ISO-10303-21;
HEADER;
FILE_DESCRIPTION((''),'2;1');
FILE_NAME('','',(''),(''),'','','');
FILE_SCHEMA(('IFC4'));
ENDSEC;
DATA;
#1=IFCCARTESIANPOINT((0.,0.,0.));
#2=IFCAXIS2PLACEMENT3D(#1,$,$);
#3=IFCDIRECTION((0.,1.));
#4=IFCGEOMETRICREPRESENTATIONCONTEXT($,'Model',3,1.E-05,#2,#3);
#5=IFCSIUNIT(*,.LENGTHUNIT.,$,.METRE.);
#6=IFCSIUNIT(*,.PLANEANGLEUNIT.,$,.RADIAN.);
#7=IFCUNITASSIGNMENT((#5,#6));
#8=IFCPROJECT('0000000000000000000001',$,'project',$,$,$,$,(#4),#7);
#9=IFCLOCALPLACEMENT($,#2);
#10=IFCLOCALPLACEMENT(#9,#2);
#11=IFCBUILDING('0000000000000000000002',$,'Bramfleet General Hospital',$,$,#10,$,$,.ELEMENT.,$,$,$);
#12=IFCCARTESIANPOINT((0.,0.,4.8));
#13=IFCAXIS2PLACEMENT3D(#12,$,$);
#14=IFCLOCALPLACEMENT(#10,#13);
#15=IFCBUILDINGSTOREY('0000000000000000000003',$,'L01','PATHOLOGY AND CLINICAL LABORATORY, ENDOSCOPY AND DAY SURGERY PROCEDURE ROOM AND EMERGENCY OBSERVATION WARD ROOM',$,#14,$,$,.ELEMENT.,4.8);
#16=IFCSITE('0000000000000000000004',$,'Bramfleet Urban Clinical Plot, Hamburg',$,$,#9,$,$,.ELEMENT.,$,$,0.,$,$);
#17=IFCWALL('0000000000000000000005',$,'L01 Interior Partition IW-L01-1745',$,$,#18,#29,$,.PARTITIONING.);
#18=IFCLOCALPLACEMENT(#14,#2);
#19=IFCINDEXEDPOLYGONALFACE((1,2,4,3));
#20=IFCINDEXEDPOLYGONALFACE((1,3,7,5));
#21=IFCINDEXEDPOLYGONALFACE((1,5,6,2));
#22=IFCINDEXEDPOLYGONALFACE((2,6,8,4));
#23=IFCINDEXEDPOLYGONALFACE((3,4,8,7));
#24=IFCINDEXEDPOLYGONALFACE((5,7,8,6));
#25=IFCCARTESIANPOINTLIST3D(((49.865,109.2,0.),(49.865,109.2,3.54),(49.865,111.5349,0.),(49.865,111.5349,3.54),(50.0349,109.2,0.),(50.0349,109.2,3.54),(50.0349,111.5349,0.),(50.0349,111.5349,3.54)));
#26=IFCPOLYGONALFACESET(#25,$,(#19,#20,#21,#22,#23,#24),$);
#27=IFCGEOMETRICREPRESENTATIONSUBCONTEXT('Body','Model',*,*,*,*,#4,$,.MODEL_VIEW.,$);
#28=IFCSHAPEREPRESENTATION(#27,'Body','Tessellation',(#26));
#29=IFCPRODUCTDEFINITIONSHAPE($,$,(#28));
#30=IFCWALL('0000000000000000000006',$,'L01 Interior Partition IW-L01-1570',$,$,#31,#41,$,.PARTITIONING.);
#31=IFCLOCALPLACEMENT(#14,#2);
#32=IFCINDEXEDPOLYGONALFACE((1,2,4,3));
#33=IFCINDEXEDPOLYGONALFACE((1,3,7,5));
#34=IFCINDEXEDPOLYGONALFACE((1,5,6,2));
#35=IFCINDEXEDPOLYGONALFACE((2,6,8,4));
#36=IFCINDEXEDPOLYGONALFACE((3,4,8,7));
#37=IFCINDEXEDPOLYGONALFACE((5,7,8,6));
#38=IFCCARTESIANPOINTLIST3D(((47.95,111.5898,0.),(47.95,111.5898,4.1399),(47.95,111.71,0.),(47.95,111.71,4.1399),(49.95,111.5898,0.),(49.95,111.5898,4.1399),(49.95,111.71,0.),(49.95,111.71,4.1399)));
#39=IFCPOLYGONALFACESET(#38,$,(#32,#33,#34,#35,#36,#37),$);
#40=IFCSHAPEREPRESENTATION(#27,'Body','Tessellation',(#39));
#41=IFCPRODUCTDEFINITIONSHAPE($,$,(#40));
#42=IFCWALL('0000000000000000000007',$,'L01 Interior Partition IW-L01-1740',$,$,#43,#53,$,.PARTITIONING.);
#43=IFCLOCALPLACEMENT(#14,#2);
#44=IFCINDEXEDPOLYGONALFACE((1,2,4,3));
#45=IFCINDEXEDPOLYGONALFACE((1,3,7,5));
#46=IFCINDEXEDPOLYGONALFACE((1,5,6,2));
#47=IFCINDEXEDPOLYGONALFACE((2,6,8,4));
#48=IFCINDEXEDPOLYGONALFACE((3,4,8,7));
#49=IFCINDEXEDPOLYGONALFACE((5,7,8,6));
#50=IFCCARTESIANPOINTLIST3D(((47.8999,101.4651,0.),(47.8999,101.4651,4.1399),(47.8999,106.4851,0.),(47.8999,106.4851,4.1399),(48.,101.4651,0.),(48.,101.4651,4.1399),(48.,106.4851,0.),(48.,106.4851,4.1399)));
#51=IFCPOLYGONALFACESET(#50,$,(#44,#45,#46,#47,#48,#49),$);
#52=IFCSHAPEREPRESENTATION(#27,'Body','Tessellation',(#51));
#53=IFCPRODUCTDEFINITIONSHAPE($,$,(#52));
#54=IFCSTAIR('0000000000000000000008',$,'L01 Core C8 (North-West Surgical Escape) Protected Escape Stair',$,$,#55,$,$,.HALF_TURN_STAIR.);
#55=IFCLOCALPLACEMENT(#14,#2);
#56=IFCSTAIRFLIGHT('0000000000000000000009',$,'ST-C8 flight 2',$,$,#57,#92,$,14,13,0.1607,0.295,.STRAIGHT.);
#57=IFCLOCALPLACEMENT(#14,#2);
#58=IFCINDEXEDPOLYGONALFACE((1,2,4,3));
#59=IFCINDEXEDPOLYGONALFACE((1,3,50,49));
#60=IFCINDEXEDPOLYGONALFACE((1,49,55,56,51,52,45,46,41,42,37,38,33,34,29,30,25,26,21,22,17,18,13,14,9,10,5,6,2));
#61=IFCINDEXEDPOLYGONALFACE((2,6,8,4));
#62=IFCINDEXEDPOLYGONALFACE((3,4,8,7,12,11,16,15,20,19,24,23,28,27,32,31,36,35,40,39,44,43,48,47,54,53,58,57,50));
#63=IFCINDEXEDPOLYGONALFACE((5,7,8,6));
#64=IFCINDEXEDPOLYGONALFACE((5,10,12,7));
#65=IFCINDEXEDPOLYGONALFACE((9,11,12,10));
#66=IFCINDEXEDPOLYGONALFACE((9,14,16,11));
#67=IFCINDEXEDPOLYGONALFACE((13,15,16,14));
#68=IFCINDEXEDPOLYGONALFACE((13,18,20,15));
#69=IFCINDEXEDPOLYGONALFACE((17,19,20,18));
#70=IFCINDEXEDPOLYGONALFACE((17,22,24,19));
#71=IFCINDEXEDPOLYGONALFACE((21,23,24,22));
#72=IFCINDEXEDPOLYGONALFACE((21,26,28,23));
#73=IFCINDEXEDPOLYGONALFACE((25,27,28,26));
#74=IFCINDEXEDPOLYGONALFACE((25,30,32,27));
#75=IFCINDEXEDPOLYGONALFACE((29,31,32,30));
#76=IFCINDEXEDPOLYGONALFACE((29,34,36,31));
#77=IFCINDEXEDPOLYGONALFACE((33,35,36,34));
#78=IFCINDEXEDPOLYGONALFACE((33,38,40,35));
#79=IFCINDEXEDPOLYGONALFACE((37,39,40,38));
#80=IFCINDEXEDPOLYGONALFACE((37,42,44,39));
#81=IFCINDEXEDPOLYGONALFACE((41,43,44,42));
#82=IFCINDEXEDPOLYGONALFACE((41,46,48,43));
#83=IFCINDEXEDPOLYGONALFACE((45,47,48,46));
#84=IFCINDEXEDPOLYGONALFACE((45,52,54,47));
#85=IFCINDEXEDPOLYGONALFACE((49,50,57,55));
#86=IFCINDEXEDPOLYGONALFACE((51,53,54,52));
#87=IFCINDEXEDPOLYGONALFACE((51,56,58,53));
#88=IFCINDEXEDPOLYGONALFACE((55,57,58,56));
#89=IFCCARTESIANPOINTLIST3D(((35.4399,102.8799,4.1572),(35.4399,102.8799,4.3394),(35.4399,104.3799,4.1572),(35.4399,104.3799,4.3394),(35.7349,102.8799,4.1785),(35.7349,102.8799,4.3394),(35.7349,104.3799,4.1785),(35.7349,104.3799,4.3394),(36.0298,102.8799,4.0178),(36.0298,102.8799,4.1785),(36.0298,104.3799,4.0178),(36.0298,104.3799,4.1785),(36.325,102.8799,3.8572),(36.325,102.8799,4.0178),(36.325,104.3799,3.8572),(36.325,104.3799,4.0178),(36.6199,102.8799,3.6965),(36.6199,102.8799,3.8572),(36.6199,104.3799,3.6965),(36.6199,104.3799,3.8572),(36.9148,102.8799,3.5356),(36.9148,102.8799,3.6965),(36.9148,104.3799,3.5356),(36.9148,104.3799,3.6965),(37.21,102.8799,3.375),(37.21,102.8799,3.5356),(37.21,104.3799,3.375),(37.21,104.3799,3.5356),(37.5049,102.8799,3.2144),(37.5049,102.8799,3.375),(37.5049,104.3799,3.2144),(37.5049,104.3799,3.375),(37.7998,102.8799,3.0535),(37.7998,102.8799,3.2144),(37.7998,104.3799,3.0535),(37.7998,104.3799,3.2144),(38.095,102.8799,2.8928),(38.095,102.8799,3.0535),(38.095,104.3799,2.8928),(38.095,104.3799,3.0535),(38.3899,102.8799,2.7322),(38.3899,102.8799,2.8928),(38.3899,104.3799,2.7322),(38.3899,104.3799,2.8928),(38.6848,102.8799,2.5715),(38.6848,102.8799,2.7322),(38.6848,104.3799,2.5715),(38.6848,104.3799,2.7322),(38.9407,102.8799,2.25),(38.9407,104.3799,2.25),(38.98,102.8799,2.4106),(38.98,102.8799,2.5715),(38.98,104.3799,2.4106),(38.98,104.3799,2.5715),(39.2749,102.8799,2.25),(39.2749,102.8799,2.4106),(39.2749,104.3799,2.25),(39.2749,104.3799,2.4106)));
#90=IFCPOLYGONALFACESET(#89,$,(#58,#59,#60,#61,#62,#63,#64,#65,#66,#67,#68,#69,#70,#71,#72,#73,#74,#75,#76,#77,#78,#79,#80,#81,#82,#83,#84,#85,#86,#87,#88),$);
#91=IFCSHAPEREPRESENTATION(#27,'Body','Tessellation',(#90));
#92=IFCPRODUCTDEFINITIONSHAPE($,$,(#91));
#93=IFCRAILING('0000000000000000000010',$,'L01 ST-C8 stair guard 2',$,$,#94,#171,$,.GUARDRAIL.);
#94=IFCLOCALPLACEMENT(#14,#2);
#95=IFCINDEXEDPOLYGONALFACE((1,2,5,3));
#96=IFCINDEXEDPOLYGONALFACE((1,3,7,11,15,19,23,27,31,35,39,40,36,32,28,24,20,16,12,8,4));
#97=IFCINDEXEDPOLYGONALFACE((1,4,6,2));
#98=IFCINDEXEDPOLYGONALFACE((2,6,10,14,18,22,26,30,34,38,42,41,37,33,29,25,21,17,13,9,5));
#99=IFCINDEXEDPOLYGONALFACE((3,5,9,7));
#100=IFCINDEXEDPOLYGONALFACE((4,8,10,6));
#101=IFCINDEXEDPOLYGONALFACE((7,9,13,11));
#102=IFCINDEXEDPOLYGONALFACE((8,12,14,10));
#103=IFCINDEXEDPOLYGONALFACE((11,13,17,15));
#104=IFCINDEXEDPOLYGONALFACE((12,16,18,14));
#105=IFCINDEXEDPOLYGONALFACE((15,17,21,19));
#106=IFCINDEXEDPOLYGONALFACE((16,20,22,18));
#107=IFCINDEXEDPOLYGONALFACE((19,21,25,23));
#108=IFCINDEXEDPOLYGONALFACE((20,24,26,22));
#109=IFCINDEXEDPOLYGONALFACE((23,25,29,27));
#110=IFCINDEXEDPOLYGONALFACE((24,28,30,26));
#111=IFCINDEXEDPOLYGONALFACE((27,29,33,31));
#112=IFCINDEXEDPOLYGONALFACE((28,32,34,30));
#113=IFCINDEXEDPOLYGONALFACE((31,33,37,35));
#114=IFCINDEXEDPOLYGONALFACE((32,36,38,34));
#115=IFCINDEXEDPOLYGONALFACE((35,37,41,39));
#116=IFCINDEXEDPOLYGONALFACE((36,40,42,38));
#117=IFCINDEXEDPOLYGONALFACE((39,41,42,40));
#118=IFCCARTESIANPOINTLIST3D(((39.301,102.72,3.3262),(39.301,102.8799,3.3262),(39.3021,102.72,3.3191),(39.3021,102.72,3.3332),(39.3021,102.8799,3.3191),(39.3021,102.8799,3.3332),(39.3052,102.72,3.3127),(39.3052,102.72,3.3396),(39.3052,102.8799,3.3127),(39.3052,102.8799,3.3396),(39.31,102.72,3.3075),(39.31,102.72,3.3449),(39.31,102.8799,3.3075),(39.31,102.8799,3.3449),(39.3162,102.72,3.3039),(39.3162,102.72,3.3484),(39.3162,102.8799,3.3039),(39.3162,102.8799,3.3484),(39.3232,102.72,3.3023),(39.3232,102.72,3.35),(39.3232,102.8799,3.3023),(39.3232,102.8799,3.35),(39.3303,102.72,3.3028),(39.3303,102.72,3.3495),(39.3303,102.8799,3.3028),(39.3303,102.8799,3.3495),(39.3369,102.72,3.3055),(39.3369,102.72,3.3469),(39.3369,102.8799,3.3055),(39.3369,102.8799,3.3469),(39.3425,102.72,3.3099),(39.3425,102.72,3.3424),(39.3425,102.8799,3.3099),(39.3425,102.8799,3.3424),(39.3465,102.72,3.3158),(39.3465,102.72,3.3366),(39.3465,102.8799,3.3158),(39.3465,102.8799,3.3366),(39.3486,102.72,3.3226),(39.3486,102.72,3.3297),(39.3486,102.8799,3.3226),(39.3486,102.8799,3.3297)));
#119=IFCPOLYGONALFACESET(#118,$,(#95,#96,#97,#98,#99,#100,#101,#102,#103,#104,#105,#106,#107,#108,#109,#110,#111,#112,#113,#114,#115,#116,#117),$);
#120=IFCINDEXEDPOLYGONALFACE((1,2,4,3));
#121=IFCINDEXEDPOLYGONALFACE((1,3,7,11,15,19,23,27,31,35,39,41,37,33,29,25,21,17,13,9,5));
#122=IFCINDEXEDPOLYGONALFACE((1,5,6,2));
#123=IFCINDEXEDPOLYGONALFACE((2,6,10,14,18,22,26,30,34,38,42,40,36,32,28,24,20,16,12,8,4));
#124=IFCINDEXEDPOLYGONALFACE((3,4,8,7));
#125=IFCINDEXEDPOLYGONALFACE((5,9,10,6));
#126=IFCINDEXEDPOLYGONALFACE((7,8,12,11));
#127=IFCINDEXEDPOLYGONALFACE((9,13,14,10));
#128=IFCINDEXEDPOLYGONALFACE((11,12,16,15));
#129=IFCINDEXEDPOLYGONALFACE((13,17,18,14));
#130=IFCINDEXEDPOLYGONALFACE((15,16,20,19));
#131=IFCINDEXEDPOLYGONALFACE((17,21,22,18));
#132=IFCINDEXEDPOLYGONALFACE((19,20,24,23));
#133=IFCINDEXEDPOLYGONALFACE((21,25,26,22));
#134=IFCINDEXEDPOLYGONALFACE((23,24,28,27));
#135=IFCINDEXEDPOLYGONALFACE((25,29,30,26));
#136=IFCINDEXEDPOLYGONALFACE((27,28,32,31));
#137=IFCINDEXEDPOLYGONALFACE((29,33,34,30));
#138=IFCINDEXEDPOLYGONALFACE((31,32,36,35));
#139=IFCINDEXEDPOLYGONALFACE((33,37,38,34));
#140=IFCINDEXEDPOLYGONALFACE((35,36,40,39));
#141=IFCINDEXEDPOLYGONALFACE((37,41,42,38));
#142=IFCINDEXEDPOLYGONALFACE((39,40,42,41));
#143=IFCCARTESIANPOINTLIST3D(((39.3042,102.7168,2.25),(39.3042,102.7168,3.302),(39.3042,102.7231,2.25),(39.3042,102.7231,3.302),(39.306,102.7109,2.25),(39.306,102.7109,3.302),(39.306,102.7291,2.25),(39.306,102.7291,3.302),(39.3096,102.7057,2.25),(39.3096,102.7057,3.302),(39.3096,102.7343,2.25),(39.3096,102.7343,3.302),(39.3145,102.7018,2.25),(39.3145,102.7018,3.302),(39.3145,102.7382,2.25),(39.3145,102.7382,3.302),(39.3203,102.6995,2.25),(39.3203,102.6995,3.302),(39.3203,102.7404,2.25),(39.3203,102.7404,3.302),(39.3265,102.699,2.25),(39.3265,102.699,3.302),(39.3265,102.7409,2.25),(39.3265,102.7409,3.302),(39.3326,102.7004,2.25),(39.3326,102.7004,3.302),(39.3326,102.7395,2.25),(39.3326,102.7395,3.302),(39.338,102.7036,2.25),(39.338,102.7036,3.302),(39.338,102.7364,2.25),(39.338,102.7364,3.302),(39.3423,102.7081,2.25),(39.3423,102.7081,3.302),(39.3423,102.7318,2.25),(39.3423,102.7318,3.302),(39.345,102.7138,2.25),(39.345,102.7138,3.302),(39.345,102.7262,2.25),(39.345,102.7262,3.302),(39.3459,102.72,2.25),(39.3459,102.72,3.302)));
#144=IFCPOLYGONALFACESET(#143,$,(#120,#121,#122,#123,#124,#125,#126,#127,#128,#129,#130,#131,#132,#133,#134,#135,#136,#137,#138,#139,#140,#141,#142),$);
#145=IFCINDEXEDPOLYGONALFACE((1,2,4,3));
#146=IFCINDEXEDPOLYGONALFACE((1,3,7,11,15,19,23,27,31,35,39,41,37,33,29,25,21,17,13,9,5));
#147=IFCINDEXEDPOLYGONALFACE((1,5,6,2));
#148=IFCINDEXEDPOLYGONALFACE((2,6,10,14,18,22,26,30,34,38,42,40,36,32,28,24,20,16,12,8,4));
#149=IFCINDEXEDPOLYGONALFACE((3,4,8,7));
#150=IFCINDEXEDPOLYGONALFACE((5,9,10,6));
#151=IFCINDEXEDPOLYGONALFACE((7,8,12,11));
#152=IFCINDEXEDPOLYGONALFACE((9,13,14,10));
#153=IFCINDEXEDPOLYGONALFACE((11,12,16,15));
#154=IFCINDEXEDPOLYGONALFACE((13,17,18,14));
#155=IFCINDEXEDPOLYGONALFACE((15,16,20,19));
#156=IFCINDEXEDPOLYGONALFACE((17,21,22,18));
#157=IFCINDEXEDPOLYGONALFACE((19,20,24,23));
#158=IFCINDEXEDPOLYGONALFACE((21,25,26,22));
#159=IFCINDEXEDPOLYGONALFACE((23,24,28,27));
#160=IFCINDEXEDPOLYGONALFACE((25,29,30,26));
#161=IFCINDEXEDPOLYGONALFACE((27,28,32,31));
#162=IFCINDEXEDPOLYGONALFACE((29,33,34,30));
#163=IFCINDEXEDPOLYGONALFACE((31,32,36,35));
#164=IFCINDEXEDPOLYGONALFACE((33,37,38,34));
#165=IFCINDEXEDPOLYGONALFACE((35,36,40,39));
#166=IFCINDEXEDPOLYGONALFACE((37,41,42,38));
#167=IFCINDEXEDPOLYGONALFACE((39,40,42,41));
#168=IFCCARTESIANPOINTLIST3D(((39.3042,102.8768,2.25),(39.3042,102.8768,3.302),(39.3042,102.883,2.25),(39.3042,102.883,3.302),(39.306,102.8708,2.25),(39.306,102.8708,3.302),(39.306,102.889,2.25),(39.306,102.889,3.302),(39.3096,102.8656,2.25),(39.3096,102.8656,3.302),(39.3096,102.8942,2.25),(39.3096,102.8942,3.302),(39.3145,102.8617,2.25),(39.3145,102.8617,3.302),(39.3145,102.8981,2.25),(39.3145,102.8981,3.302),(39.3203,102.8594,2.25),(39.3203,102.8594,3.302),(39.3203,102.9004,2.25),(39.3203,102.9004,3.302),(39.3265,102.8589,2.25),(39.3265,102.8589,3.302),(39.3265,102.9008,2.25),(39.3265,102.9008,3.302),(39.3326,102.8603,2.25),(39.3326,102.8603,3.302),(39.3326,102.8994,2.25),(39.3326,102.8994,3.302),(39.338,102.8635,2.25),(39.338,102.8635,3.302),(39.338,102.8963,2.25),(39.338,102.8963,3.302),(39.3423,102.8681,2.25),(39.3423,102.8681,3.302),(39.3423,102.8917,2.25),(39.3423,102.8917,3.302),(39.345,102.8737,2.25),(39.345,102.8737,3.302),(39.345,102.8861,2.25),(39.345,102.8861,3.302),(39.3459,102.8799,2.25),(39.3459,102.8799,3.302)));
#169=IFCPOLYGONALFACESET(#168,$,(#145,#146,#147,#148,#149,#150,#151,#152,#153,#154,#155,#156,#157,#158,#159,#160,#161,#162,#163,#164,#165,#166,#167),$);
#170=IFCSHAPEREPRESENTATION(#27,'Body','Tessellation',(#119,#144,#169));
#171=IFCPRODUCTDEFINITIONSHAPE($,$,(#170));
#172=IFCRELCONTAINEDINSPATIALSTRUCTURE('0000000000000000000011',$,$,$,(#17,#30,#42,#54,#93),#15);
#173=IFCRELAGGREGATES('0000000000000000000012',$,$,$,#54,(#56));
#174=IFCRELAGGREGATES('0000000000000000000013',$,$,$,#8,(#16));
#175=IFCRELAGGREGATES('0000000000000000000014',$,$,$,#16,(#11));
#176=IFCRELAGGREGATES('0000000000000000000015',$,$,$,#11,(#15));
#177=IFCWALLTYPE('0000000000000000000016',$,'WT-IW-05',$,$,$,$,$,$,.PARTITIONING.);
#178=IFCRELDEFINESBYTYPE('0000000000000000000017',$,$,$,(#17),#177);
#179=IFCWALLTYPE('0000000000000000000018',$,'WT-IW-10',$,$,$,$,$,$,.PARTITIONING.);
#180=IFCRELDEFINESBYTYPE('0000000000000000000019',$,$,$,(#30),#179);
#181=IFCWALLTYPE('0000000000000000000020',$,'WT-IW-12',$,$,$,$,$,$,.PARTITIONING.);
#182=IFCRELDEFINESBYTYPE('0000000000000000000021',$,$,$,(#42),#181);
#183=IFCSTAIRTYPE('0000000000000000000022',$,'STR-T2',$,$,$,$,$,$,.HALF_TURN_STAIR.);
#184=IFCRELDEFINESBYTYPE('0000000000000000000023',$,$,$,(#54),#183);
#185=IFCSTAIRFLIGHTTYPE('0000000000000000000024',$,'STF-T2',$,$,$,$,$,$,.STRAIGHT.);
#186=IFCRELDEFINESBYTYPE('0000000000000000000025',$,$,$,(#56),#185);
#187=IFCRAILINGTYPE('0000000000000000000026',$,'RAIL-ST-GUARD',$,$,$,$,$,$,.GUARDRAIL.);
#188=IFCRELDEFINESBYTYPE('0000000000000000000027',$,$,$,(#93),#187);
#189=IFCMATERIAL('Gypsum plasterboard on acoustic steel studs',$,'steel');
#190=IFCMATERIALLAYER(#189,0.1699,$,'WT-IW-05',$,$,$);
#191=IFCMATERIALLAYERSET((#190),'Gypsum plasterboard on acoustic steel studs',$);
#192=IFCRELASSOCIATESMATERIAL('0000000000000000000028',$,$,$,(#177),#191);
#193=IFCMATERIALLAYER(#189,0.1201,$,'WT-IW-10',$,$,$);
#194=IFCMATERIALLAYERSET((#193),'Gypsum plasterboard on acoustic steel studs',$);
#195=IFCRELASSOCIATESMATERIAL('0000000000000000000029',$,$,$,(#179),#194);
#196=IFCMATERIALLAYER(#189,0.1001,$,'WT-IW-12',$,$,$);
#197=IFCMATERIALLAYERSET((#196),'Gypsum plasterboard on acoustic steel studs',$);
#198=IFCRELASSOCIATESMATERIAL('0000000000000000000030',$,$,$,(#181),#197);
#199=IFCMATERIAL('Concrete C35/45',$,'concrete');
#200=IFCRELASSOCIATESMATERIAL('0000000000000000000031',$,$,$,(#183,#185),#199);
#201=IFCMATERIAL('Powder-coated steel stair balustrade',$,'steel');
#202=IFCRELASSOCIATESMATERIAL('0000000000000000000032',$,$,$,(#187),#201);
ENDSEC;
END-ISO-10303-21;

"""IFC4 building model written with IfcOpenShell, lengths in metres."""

from ifc_helpers import new_model, si_unit, direction, frame, frame_2d, origin, origin_2d, place, context, subcontext, project, spatial, polyline, rectangle, circle, outline, extrude, material, layer, layer_set, type_object, element, aggregate, save


model = new_model("IFC4")

# Units and contexts
model_context = context("Model", 3, precision=1e-05, world=origin(), true_north=direction((0.0, 1.0)))
body_context = subcontext(model_context, "Body", "Model", "MODEL_VIEW")
ifc_project = project(units=[si_unit("LENGTHUNIT", "METRE"), si_unit("PLANEANGLEUNIT", "RADIAN")], contexts=[model_context])

# Site, building, storey
site_placement = place(None, origin())
site = spatial("IfcSite", under=ifc_project, at=site_placement, Name="Bramfleet Urban Clinical Plot, Hamburg", CompositionType="ELEMENT", RefElevation=0.0)
building_placement = place(site_placement, origin())
building = spatial("IfcBuilding", under=site, at=building_placement, Name="Bramfleet General Hospital", CompositionType="ELEMENT")
storey_placement = place(building_placement, frame((0.0, 0.0, 4.8)))
storey = spatial("IfcBuildingStorey", under=building, at=storey_placement, Name="L01", Description="PATHOLOGY AND CLINICAL LABORATORY, ENDOSCOPY AND DAY SURGERY PROCEDURE ROOM AND EMERGENCY OBSERVATION WARD ROOM", CompositionType="ELEMENT", Elevation=4.8)

# Shared definitions
ifc_material_1 = material(Name="Concrete C35/45", Category="concrete")

# Shared definitions
ifc_material_2 = material(Name="Gypsum plasterboard on acoustic steel studs", Category="steel")
ifc_layer_1 = layer(ifc_material_2, 0.1699, Name="WT-IW-05")
ifc_layer_set_1 = layer_set([ifc_layer_1], Name="Gypsum plasterboard on acoustic steel studs")
wall_type_1 = type_object("IfcWallType", Name="WT-IW-05", PredefinedType="PARTITIONING", material=ifc_layer_set_1)

# Wall
wall_1_placement = place(storey_placement, frame((49.95, 109.2, 0.0), z_axis=(0.0, 0.0, 1.0), x_axis=(0.0, 1.0, 0.0)))
element("IfcWall", 1, at=wall_1_placement, inside=storey, type_object=wall_type_1, Name="L01 Interior Partition IW-L01-1745", PredefinedType="PARTITIONING", context=body_context, shape_type="SweptSolid", body=[
    extrude(rectangle(XDim=2.335, YDim=0.1699, at=frame_2d((1.1675, 0.0))), origin(), (0.0, 0.0, 1.0), 3.54),
])

# Shared definitions
ifc_layer_2 = layer(ifc_material_2, 0.1201, Name="WT-IW-10")
ifc_layer_set_2 = layer_set([ifc_layer_2], Name="Gypsum plasterboard on acoustic steel studs")
wall_type_2 = type_object("IfcWallType", Name="WT-IW-10", PredefinedType="PARTITIONING", material=ifc_layer_set_2)

# Walls
wall_2_placement = place(storey_placement, frame((47.95, 111.6499, 0.0), z_axis=(0.0, 0.0, 1.0), x_axis=(1.0, 0.0, 0.0)))
element("IfcWall", 2, at=wall_2_placement, inside=storey, type_object=wall_type_2, Name="L01 Interior Partition IW-L01-1570", PredefinedType="PARTITIONING", context=body_context, shape_type="SweptSolid", body=[
    extrude(rectangle(XDim=2.0, YDim=0.1201, at=frame_2d((1.0, 0.0))), origin(), (0.0, 0.0, 1.0), 4.1399),
])
ifc_layer_3 = layer(ifc_material_2, 0.1001, Name="WT-IW-12")
ifc_layer_set_3 = layer_set([ifc_layer_3], Name="Gypsum plasterboard on acoustic steel studs")
wall_type_3 = type_object("IfcWallType", Name="WT-IW-12", PredefinedType="PARTITIONING", material=ifc_layer_set_3)
wall_3_placement = place(storey_placement, frame((47.95, 101.4651, 0.0), z_axis=(0.0, 0.0, 1.0), x_axis=(0.0, 1.0, 0.0)))
element("IfcWall", 3, at=wall_3_placement, inside=storey, type_object=wall_type_3, Name="L01 Interior Partition IW-L01-1740", PredefinedType="PARTITIONING", context=body_context, shape_type="SweptSolid", body=[
    extrude(rectangle(XDim=5.02, YDim=0.1001, at=frame_2d((2.51, 0.0))), origin(), (0.0, 0.0, 1.0), 4.1399),
])

# Stair, stair flight
stair_type = type_object("IfcStairType", Name="STR-T2", PredefinedType="HALF_TURN_STAIR", material=ifc_material_1)
stair_placement = place(storey_placement, origin())
stair = element("IfcStair", 4, at=stair_placement, inside=storey, type_object=stair_type, Name="L01 Core C8 (North-West Surgical Escape) Protected Escape Stair", PredefinedType="HALF_TURN_STAIR")
stair_flight_type = type_object("IfcStairFlightType", Name="STF-T2", PredefinedType="STRAIGHT", material=ifc_material_1)
stair_flight_placement = place(storey_placement, frame((39.2749, 103.6299, 2.25), z_axis=(0.0, 0.0, 1.0), x_axis=(-1.0, 0.0, 0.0)))
stair_flight = element("IfcStairFlight", 5, at=stair_flight_placement, type_object=stair_flight_type, Name="ST-C8 flight 2", NumberOfRisers=14, NumberOfTreads=13, PredefinedType="STRAIGHT", RiserHeight=0.1607, TreadLength=0.295, context=body_context, shape_type="SweptSolid", body=[
    extrude(outline(polyline([(0.0, 0.0), (0.0, 0.1606), (0.2949, 0.1606), (0.2949, 0.3215), (0.5901, 0.3215), (0.5901, 0.4822), (0.885, 0.4822), (0.885, 0.6428), (1.1799, 0.6428), (1.1799, 0.8035), (1.4751, 0.8035), (1.4751, 0.9644), (1.77, 0.9644), (1.77, 1.125), (2.0649, 1.125), (2.0649, 1.2856), (2.3601, 1.2856), (2.3601, 1.4465), (2.655, 1.4465), (2.655, 1.6072), (2.95, 1.6072), (2.95, 1.7678), (3.2451, 1.7678), (3.2451, 1.9285), (3.54, 1.9285), (3.54, 2.0894), (3.835, 2.0894), (3.835, 2.25), (3.835, 1.9072), (0.3342, 0.0), (0.0, 0.0)])), frame((0.0, 0.75, 0.0), z_axis=(0.0, -1.0, 0.0), x_axis=(1.0, 0.0, 0.0)), (0.0, 0.0, 1.0), 1.5),
])
aggregate(stair, [stair_flight])

# Railing
ifc_material_3 = material(Name="Powder-coated steel stair balustrade", Category="steel")
railing_type_1 = type_object("IfcRailingType", Name="RAIL-ST-GUARD", PredefinedType="GUARDRAIL", material=ifc_material_3)
railing_1_placement = place(storey_placement, frame((39.325, 102.72, 2.25)))
element("IfcRailing", 6, at=railing_1_placement, inside=storey, type_object=railing_type_1, Name="L01 ST-C8 stair guard 2", PredefinedType="GUARDRAIL", context=body_context, shape_type="SweptSolid", body=[
    extrude(circle(Radius=0.0239, at=origin_2d()), frame((0.0, 0.0, 1.0762), z_axis=(0.0, 1.0, 0.0), x_axis=(-1.0, 0.0, 0.0)), (0.0, 0.0, 1.0), 0.1599),
    extrude(circle(Radius=0.021, at=origin_2d()), origin(), (0.0, 0.0, 1.0), 1.052),
    extrude(circle(Radius=0.021, at=origin_2d()), frame((0.0, 0.1599, 0.0)), (0.0, 0.0, 1.0), 1.052),
])

save(model, "model.ifc")
